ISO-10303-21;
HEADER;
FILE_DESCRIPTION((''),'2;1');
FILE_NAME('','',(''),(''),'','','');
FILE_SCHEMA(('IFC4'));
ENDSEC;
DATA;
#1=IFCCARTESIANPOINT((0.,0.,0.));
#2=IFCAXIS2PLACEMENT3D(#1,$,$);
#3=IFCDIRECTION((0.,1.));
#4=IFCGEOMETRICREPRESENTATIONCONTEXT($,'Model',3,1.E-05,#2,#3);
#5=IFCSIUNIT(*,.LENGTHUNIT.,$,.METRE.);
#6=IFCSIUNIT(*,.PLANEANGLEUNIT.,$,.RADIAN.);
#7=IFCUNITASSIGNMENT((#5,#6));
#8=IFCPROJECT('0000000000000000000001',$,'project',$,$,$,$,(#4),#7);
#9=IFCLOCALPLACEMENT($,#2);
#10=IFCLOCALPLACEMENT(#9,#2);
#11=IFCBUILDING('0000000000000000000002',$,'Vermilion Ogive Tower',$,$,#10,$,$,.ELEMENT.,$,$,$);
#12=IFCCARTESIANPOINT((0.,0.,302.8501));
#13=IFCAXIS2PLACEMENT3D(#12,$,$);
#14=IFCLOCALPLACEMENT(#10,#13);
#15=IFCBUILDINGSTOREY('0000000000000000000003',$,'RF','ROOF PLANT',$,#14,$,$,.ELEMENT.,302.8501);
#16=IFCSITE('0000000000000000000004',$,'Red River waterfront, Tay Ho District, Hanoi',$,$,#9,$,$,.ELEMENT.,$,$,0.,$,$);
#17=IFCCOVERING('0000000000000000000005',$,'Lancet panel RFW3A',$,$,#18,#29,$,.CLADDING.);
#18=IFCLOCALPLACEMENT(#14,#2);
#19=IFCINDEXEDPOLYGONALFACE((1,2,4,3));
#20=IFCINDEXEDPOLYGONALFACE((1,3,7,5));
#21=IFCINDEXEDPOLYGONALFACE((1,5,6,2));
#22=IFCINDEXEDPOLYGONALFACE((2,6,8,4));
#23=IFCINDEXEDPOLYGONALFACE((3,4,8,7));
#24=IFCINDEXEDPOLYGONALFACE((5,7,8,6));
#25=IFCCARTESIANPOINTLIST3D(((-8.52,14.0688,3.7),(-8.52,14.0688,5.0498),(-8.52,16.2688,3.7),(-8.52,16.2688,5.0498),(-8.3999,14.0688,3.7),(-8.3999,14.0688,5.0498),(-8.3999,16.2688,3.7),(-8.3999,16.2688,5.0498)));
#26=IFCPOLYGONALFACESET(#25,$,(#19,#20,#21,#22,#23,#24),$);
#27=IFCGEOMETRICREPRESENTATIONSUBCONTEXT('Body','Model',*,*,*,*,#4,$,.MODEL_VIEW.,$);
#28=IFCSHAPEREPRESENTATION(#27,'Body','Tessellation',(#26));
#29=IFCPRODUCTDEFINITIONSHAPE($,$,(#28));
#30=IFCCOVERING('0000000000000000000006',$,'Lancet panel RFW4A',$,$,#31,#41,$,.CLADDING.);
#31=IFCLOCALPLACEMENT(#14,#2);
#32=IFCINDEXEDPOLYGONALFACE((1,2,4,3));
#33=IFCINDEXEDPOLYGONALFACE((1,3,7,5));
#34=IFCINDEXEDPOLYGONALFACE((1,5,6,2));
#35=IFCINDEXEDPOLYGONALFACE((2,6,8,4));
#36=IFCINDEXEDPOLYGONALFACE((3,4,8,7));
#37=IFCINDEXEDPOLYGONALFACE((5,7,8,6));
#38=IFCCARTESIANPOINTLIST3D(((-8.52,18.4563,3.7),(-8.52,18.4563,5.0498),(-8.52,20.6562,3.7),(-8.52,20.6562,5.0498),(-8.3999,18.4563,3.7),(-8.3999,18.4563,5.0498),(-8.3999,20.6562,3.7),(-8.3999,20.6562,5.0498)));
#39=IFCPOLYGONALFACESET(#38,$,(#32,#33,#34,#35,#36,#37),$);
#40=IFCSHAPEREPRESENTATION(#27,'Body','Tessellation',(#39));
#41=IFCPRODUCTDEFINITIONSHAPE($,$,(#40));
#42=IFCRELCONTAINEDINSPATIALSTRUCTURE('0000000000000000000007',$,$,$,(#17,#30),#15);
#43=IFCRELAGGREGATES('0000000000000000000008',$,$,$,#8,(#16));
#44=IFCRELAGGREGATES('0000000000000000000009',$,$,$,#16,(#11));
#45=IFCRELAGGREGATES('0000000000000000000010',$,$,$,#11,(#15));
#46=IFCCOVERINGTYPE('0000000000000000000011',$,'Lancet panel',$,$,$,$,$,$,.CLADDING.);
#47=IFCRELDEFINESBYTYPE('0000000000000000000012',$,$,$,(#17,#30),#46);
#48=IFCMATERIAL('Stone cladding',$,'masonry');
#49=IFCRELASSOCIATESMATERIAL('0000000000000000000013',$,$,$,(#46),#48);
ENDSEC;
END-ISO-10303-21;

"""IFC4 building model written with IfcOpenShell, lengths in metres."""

from ifc_helpers import new_model, si_unit, direction, frame, origin, place, context, subcontext, project, spatial, polyline, outline, extrude, material, type_object, element, save


model = new_model("IFC4")

# Units and contexts
model_context = context("Model", 3, precision=1e-05, world=origin(), true_north=direction((0.0, 1.0)))
body_context = subcontext(model_context, "Body", "Model", "MODEL_VIEW")
ifc_project = project(units=[si_unit("LENGTHUNIT", "METRE"), si_unit("PLANEANGLEUNIT", "RADIAN")], contexts=[model_context])

# Site, building, storey
site_placement = place(None, origin())
site = spatial("IfcSite", under=ifc_project, at=site_placement, Name="Red River waterfront, Tay Ho District, Hanoi", CompositionType="ELEMENT", RefElevation=0.0)
building_placement = place(site_placement, origin())
building = spatial("IfcBuilding", under=site, at=building_placement, Name="Vermilion Ogive Tower", CompositionType="ELEMENT")
storey_placement = place(building_placement, frame((0.0, 0.0, 302.8501)))
storey = spatial("IfcBuildingStorey", under=building, at=storey_placement, Name="RF", Description="ROOF PLANT", CompositionType="ELEMENT", Elevation=302.8501)

# Coverings
ifc_material_1 = material(Name="Stone cladding", Category="masonry")
covering_type_1 = type_object("IfcCoveringType", Name="Lancet panel", PredefinedType="CLADDING", material=ifc_material_1)
covering_1_placement = place(storey_placement, frame((0.0, 0.0, 3.7)))
element("IfcCovering", 1, at=covering_1_placement, inside=storey, type_object=covering_type_1, Name="Lancet panel RFW3A", PredefinedType="CLADDING", context=body_context, shape_type="SweptSolid", body=[
    extrude(outline(polyline([(-8.3999, 14.0688), (-8.3999, 16.2688), (-8.52, 16.2688), (-8.52, 14.0688), (-8.3999, 14.0688)])), origin(), (0.0, 0.0, 1.0), 1.3499),
])
covering_2_placement = place(storey_placement, frame((0.0, 0.0, 3.7)))
element("IfcCovering", 2, at=covering_2_placement, inside=storey, type_object=covering_type_1, Name="Lancet panel RFW4A", PredefinedType="CLADDING", context=body_context, shape_type="SweptSolid", body=[
    extrude(outline(polyline([(-8.3999, 18.4563), (-8.3999, 20.6562), (-8.52, 20.6562), (-8.52, 18.4563), (-8.3999, 18.4563)])), origin(), (0.0, 0.0, 1.0), 1.3499),
])

save(model, "model.ifc")
